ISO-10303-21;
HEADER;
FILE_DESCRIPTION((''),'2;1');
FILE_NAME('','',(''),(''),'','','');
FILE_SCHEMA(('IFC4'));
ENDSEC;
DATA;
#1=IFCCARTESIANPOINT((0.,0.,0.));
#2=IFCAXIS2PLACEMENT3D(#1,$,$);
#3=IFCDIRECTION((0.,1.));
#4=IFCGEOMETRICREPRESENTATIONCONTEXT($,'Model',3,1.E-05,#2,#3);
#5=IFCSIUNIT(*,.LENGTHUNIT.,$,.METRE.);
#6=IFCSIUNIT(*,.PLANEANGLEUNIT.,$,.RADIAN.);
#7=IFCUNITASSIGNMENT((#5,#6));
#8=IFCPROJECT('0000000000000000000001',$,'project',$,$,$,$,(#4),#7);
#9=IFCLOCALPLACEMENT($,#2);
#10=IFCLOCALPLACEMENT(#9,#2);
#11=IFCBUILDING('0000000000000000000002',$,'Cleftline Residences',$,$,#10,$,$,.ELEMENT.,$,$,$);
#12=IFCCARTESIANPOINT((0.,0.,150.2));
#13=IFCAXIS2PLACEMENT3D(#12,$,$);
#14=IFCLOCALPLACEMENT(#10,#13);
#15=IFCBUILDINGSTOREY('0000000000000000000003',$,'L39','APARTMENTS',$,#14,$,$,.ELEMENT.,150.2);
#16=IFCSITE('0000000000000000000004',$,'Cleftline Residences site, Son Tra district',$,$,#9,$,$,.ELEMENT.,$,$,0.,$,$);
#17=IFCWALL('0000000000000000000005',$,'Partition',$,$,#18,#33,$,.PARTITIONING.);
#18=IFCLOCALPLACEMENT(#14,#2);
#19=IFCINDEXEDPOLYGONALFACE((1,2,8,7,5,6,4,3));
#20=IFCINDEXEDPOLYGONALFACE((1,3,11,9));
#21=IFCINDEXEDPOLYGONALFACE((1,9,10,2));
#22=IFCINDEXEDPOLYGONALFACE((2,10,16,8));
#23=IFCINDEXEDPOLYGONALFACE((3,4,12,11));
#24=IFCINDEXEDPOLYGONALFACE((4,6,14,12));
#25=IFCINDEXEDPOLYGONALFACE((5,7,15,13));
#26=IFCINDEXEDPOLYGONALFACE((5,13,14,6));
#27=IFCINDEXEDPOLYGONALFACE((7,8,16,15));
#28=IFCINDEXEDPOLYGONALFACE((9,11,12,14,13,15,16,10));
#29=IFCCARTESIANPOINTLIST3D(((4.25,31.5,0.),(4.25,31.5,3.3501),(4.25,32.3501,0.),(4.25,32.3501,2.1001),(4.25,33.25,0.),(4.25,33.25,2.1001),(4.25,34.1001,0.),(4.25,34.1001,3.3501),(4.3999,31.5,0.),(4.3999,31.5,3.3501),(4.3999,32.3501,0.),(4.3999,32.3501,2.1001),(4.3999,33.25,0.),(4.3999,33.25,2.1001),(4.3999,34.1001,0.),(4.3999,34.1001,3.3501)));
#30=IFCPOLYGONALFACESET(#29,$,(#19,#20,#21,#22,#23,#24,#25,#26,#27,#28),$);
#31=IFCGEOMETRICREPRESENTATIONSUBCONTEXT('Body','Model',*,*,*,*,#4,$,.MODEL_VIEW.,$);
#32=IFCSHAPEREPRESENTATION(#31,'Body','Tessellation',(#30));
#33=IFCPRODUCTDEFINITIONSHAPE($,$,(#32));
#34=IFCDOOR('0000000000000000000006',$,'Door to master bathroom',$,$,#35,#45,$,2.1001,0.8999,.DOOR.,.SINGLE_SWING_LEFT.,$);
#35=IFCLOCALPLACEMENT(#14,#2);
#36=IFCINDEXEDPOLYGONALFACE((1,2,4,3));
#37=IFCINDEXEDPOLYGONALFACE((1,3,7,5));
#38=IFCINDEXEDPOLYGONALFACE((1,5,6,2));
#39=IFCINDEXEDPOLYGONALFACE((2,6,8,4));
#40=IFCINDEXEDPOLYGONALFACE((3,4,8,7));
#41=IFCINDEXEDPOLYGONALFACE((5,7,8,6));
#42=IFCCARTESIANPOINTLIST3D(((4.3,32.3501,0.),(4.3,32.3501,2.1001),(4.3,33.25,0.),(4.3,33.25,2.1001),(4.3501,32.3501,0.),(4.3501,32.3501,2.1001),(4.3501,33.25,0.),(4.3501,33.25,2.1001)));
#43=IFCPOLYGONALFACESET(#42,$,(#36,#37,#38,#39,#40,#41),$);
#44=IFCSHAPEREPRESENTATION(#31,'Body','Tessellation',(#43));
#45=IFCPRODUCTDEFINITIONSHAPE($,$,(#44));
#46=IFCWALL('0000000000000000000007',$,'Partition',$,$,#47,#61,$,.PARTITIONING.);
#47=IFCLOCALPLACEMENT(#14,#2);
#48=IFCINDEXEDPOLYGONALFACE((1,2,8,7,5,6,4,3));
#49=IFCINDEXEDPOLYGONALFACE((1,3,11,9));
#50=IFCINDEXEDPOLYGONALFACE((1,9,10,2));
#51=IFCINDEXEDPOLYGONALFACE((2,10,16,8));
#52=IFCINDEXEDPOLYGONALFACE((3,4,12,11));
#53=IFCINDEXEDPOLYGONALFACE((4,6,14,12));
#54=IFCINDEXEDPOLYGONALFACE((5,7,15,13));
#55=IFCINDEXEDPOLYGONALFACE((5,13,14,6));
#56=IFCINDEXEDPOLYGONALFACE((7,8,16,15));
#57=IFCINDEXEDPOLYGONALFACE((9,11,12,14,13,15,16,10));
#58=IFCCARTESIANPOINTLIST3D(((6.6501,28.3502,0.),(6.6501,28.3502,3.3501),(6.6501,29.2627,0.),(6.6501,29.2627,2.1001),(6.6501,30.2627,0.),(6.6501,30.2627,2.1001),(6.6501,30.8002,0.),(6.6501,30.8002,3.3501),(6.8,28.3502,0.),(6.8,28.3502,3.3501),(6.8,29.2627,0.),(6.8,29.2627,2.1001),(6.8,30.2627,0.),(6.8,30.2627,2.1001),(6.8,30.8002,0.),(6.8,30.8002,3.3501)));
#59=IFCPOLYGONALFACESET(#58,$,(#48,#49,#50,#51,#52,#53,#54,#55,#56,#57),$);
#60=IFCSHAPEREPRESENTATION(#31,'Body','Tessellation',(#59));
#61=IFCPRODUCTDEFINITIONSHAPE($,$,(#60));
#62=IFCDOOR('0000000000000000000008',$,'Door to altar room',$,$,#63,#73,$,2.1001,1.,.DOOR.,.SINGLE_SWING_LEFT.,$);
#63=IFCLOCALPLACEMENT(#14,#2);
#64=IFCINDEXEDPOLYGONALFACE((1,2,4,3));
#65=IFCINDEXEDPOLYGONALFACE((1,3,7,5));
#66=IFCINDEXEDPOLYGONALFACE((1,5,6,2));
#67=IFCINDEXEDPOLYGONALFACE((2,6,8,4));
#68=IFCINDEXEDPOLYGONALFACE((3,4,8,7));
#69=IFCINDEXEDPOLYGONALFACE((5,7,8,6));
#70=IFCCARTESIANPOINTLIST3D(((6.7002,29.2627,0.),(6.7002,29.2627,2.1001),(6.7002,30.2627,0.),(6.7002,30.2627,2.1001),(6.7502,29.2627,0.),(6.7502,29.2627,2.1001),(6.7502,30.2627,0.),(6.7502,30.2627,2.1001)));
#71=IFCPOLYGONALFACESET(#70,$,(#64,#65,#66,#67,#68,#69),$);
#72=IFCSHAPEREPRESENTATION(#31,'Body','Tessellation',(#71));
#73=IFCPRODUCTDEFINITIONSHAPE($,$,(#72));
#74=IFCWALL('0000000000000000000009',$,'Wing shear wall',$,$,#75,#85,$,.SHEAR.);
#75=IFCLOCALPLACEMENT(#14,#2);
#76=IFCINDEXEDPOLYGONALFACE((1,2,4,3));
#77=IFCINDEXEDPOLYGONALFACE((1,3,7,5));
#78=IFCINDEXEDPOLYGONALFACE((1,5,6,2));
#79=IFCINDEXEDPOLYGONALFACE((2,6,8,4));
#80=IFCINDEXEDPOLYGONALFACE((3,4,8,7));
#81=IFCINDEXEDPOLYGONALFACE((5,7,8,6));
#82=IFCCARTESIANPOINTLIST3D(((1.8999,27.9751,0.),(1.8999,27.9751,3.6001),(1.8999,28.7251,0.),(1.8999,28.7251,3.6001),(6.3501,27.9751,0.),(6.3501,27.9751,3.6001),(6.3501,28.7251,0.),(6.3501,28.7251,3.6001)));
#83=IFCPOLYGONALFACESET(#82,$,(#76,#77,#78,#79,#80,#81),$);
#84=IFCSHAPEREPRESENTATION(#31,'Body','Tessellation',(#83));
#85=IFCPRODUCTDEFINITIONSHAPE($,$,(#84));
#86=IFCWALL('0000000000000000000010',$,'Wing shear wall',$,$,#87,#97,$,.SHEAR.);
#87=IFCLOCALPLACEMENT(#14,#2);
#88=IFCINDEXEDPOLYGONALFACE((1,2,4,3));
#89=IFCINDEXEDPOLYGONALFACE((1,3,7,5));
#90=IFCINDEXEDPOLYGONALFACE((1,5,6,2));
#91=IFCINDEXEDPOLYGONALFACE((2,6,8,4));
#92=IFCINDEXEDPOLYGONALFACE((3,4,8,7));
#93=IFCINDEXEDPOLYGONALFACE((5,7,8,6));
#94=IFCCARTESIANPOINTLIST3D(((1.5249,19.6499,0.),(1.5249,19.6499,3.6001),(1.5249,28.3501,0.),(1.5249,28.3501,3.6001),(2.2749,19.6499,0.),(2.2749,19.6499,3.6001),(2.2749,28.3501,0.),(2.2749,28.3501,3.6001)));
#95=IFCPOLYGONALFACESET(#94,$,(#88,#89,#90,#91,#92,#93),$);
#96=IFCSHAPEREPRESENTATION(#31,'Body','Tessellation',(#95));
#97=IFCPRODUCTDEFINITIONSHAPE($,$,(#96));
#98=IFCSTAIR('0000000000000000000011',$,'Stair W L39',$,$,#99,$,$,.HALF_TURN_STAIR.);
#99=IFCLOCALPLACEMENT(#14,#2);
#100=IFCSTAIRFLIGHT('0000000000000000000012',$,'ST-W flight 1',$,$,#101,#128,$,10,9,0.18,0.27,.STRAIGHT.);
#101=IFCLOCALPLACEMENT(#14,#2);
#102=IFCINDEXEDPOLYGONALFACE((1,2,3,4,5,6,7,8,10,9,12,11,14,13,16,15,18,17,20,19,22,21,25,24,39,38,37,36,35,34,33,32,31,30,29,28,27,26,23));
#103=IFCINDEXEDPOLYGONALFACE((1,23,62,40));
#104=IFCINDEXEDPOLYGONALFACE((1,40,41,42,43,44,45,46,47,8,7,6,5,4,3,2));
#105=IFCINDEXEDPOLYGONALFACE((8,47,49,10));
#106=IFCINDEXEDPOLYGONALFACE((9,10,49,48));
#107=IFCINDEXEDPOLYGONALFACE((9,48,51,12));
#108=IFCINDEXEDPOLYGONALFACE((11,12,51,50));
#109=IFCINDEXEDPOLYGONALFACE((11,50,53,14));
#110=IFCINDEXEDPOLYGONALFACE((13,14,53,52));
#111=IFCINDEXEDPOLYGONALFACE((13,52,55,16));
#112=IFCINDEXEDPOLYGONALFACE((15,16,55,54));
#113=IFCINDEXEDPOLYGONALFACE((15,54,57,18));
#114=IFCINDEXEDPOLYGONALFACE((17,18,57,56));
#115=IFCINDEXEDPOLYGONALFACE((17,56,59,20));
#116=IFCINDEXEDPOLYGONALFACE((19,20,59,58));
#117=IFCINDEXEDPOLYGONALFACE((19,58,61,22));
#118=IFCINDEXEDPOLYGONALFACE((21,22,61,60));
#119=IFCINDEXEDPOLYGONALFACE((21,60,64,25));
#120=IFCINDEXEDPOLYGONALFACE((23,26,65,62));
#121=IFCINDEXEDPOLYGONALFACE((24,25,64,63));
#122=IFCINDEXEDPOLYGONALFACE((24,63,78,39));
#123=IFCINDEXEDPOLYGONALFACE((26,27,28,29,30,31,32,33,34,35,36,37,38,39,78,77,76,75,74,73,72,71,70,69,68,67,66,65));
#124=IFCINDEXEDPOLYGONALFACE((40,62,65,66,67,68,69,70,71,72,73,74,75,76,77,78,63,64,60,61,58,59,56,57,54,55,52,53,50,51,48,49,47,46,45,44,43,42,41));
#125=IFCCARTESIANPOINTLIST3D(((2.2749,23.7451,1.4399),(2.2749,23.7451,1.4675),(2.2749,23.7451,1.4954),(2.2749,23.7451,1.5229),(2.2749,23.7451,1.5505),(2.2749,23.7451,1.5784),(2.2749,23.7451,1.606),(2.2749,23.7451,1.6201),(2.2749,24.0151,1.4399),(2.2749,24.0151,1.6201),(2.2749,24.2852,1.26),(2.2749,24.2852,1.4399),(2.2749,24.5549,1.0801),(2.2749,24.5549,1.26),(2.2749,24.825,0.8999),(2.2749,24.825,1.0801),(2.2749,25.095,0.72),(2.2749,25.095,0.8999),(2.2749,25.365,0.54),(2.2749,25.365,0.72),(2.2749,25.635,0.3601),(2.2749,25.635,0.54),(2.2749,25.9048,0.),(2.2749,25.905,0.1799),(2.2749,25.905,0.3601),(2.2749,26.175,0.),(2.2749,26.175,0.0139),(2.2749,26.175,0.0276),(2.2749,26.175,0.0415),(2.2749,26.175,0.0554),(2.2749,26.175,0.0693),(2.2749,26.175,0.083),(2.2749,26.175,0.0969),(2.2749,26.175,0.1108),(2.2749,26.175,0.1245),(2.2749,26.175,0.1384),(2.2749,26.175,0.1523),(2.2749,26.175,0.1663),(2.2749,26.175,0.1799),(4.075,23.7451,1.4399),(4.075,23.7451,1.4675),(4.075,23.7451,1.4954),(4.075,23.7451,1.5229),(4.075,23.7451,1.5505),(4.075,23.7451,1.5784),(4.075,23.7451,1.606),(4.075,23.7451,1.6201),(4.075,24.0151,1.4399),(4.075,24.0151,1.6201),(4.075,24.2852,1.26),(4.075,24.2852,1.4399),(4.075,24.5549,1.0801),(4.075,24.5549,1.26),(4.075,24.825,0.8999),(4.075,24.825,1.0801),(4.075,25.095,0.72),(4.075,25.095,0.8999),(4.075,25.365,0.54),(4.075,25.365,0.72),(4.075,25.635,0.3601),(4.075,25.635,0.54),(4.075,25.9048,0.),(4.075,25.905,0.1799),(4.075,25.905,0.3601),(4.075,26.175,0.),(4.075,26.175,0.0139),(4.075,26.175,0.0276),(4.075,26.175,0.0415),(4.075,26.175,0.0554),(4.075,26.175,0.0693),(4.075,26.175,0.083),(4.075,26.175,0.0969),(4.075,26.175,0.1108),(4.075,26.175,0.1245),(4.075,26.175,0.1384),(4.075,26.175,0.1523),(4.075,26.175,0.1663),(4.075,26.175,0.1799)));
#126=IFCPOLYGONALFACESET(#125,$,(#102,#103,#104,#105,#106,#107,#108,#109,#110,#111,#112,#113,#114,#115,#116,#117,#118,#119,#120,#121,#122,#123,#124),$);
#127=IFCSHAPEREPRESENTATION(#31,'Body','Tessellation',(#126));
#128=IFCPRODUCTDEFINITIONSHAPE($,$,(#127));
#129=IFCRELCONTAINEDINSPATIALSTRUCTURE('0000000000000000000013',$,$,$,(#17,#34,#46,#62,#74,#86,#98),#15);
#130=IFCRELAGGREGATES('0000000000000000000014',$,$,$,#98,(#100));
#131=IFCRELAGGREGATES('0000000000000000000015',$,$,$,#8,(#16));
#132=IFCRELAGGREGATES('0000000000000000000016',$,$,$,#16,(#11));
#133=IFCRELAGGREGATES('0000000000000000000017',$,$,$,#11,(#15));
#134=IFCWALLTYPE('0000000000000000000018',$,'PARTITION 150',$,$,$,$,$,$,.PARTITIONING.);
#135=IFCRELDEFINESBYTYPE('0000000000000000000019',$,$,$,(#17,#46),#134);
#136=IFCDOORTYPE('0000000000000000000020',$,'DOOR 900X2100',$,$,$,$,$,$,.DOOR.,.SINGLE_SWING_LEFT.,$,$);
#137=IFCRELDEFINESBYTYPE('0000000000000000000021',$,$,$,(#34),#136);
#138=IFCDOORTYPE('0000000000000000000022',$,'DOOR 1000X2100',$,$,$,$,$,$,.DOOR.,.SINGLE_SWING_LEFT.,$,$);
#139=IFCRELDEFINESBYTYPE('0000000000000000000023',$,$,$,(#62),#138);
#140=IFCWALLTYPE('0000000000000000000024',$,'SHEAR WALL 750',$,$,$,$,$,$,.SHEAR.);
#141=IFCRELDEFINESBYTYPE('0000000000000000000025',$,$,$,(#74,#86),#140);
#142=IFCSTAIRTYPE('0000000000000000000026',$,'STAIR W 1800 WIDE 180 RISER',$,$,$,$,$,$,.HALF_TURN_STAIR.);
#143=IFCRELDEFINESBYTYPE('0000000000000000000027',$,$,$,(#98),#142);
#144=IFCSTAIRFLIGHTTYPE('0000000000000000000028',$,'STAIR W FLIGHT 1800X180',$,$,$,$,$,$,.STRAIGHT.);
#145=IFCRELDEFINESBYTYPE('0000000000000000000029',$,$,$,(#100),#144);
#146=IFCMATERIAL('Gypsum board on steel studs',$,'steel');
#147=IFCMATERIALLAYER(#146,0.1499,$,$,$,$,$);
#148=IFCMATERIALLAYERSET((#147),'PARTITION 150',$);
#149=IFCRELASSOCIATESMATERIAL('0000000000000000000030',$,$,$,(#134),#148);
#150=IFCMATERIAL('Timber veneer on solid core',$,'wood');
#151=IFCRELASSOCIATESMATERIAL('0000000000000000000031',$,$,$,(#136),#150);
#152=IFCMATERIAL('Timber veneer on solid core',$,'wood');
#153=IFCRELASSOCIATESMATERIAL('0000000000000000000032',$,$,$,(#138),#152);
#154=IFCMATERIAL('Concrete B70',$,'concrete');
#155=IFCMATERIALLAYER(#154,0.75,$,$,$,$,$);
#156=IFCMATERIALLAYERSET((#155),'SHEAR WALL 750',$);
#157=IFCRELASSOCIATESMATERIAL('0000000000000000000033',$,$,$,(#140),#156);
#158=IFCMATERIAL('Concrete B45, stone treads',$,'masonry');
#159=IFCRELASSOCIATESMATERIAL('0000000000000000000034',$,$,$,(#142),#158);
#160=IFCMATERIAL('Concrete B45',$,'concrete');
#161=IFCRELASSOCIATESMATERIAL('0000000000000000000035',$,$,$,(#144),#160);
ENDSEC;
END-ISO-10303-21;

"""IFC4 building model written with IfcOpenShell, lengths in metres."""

from ifc_helpers import new_model, si_unit, direction, frame, frame_2d, origin, place, context, subcontext, project, spatial, polyline, rectangle, outline, extrude, material, layer, layer_set, type_object, element, fill, aggregate, save


model = new_model("IFC4")

# Units and contexts
model_context = context("Model", 3, precision=1e-05, world=origin(), true_north=direction((0.0, 1.0)))
body_context = subcontext(model_context, "Body", "Model", "MODEL_VIEW")
ifc_project = project(units=[si_unit("LENGTHUNIT", "METRE"), si_unit("PLANEANGLEUNIT", "RADIAN")], contexts=[model_context])

# Site, building, storey
site_placement = place(None, origin())
site = spatial("IfcSite", under=ifc_project, at=site_placement, Name="Cleftline Residences site, Son Tra district", CompositionType="ELEMENT", RefElevation=0.0)
building_placement = place(site_placement, origin())
building = spatial("IfcBuilding", under=site, at=building_placement, Name="Cleftline Residences", CompositionType="ELEMENT")
storey_placement = place(building_placement, frame((0.0, 0.0, 150.2)))
storey = spatial("IfcBuildingStorey", under=building, at=storey_placement, Name="L39", Description="APARTMENTS", CompositionType="ELEMENT", Elevation=150.2)

# Shared definitions
ifc_material_1 = material(Name="Gypsum board on steel studs", Category="steel")
ifc_layer_1 = layer(ifc_material_1, 0.1499)
ifc_layer_set_1 = layer_set([ifc_layer_1], Name="PARTITION 150")
wall_type_1 = type_object("IfcWallType", Name="PARTITION 150", PredefinedType="PARTITIONING", material=ifc_layer_set_1)

# Walls, openings, doors
wall_1_placement = place(storey_placement, frame((4.325, 31.5, 0.0), z_axis=(0.0, 0.0, 1.0), x_axis=(0.0, 1.0, 0.0)))
wall_1 = element("IfcWall", 1, at=wall_1_placement, inside=storey, type_object=wall_type_1, Name="Partition", PredefinedType="PARTITIONING", context=body_context, shape_type="SweptSolid", body=[
    extrude(rectangle(XDim=2.6001, YDim=0.1499, at=frame_2d((1.3, 0.0))), origin(), (0.0, 0.0, 1.0), 3.3501),
])
opening_1_placement = place(wall_1_placement, frame((0.8501, 0.0, 0.0)))
opening_1 = element("IfcOpeningElement", 2, at=opening_1_placement, cuts=wall_1, PredefinedType="OPENING", context=body_context, shape_type="SweptSolid", body=[
    extrude(rectangle(XDim=0.8999, YDim=2.1001, at=frame_2d((0.45, 1.05))), frame((0.0, 0.085, 0.0), z_axis=(0.0, -1.0, 0.0), x_axis=(1.0, 0.0, 0.0)), (0.0, 0.0, 1.0), 0.1699),
])
ifc_material_2 = material(Name="Timber veneer on solid core", Category="wood")
door_type_1 = type_object("IfcDoorType", Name="DOOR 900X2100", OperationType="SINGLE_SWING_LEFT", PredefinedType="DOOR", material=ifc_material_2)
door_1_placement = place(opening_1_placement, origin())
door_1 = element("IfcDoor", 3, at=door_1_placement, inside=storey, type_object=door_type_1, Name="Door to master bathroom", OperationType="SINGLE_SWING_LEFT", OverallHeight=2.1001, OverallWidth=0.8999, PredefinedType="DOOR", context=body_context, shape_type="SweptSolid", body=[
    extrude(rectangle(XDim=0.8999, YDim=2.1001, at=frame_2d((0.45, 1.05))), frame((0.0, 0.0249, 0.0), z_axis=(0.0, -1.0, 0.0), x_axis=(1.0, 0.0, 0.0)), (0.0, 0.0, 1.0), 0.05),
])
fill(opening_1, door_1)
wall_2_placement = place(storey_placement, frame((6.7251, 28.3501, 0.0), z_axis=(0.0, 0.0, 1.0), x_axis=(0.0, 1.0, 0.0)))
wall_2 = element("IfcWall", 4, at=wall_2_placement, inside=storey, type_object=wall_type_1, Name="Partition", PredefinedType="PARTITIONING", context=body_context, shape_type="SweptSolid", body=[
    extrude(rectangle(XDim=2.45, YDim=0.1499, at=frame_2d((1.2251, 0.0))), origin(), (0.0, 0.0, 1.0), 3.3501),
])
opening_2_placement = place(wall_2_placement, frame((0.9126, 0.0, 0.0)))
opening_2 = element("IfcOpeningElement", 5, at=opening_2_placement, cuts=wall_2, PredefinedType="OPENING", context=body_context, shape_type="SweptSolid", body=[
    extrude(rectangle(XDim=1.0, YDim=2.1001, at=frame_2d((0.5, 1.05))), frame((0.0, 0.085, 0.0), z_axis=(0.0, -1.0, 0.0), x_axis=(1.0, 0.0, 0.0)), (0.0, 0.0, 1.0), 0.1699),
])
ifc_material_3 = material(Name="Timber veneer on solid core", Category="wood")
door_type_2 = type_object("IfcDoorType", Name="DOOR 1000X2100", OperationType="SINGLE_SWING_LEFT", PredefinedType="DOOR", material=ifc_material_3)
door_2_placement = place(opening_2_placement, origin())
door_2 = element("IfcDoor", 6, at=door_2_placement, inside=storey, type_object=door_type_2, Name="Door to altar room", OperationType="SINGLE_SWING_LEFT", OverallHeight=2.1001, OverallWidth=1.0, PredefinedType="DOOR", context=body_context, shape_type="SweptSolid", body=[
    extrude(rectangle(XDim=1.0, YDim=2.1001, at=frame_2d((0.5, 1.05))), frame((0.0, 0.0249, 0.0), z_axis=(0.0, -1.0, 0.0), x_axis=(1.0, 0.0, 0.0)), (0.0, 0.0, 1.0), 0.05),
])
fill(opening_2, door_2)

# Walls
ifc_material_4 = material(Name="Concrete B70", Category="concrete")
ifc_layer_2 = layer(ifc_material_4, 0.75)
ifc_layer_set_2 = layer_set([ifc_layer_2], Name="SHEAR WALL 750")
wall_type_2 = type_object("IfcWallType", Name="SHEAR WALL 750", PredefinedType="SHEAR", material=ifc_layer_set_2)
wall_3_placement = place(storey_placement, frame((6.3501, 28.3501, 0.0), z_axis=(0.0, 0.0, 1.0), x_axis=(-1.0, 0.0, 0.0)))
element("IfcWall", 7, at=wall_3_placement, inside=storey, type_object=wall_type_2, Name="Wing shear wall", PredefinedType="SHEAR", context=body_context, shape_type="SweptSolid", body=[
    extrude(rectangle(XDim=4.4502, YDim=0.75, at=frame_2d((2.2251, 0.0))), origin(), (0.0, 0.0, 1.0), 3.6001),
])
wall_4_placement = place(storey_placement, frame((1.8999, 28.3501, 0.0), z_axis=(0.0, 0.0, 1.0), x_axis=(0.0, -1.0, 0.0)))
element("IfcWall", 8, at=wall_4_placement, inside=storey, type_object=wall_type_2, Name="Wing shear wall", PredefinedType="SHEAR", context=body_context, shape_type="SweptSolid", body=[
    extrude(rectangle(XDim=8.7002, YDim=0.75, at=frame_2d((4.3501, 0.0))), origin(), (0.0, 0.0, 1.0), 3.6001),
])

# Stair, stair flight
ifc_material_5 = material(Name="Concrete B45, stone treads", Category="masonry")
stair_type = type_object("IfcStairType", Name="STAIR W 1800 WIDE 180 RISER", PredefinedType="HALF_TURN_STAIR", material=ifc_material_5)
stair_placement = place(storey_placement, origin())
stair = element("IfcStair", 9, at=stair_placement, inside=storey, type_object=stair_type, Name="Stair W L39", PredefinedType="HALF_TURN_STAIR")
ifc_material_6 = material(Name="Concrete B45", Category="concrete")
stair_flight_type = type_object("IfcStairFlightType", Name="STAIR W FLIGHT 1800X180", PredefinedType="STRAIGHT", material=ifc_material_6)
stair_flight_1_placement = place(storey_placement, frame((3.175, 26.175, 0.0), z_axis=(0.0, 0.0, 1.0), x_axis=(0.0, -1.0, 0.0)))
stair_flight_1 = element("IfcStairFlight", 10, at=stair_flight_1_placement, type_object=stair_flight_type, Name="ST-W flight 1", NumberOfRisers=10, NumberOfTreads=9, PredefinedType="STRAIGHT", RiserHeight=0.18, TreadLength=0.27, context=body_context, shape_type="SweptSolid", body=[
    extrude(outline(polyline([(0.0, 0.0), (0.0, 0.0139), (0.0, 0.0276), (0.0, 0.0415), (0.0, 0.0554), (0.0, 0.0693), (0.0, 0.083), (0.0, 0.0969), (0.0, 0.1108), (0.0, 0.1245), (0.0, 0.1384), (0.0, 0.1523), (0.0, 0.1663), (0.0, 0.1799), (0.27, 0.1799), (0.27, 0.3601), (0.54, 0.3601), (0.54, 0.54), (0.8101, 0.54), (0.8101, 0.72), (1.0801, 0.72), (1.0801, 0.8999), (1.3501, 0.8999), (1.3501, 1.0801), (1.6201, 1.0801), (1.6201, 1.26), (1.8899, 1.26), (1.8899, 1.4399), (2.1599, 1.4399), (2.1599, 1.6201), (2.4299, 1.6201), (2.4299, 1.8), (2.4299, 1.7722), (2.4299, 1.7446), (2.4299, 1.7168), (2.4299, 1.6892), (2.4299, 1.6614), (2.4299, 1.6338), (2.4299, 1.606), (2.4299, 1.5784), (2.4299, 1.5505), (2.4299, 1.5229), (2.4299, 1.4954), (2.4299, 1.4675), (2.4299, 1.4399), (0.2703, 0.0), (0.0, 0.0)])), frame((0.0, 0.8999, 0.0), z_axis=(0.0, -1.0, 0.0), x_axis=(1.0, 0.0, 0.0)), (0.0, 0.0, 1.0), 1.8),
])
aggregate(stair, [stair_flight_1])

save(model, "model.ifc")
